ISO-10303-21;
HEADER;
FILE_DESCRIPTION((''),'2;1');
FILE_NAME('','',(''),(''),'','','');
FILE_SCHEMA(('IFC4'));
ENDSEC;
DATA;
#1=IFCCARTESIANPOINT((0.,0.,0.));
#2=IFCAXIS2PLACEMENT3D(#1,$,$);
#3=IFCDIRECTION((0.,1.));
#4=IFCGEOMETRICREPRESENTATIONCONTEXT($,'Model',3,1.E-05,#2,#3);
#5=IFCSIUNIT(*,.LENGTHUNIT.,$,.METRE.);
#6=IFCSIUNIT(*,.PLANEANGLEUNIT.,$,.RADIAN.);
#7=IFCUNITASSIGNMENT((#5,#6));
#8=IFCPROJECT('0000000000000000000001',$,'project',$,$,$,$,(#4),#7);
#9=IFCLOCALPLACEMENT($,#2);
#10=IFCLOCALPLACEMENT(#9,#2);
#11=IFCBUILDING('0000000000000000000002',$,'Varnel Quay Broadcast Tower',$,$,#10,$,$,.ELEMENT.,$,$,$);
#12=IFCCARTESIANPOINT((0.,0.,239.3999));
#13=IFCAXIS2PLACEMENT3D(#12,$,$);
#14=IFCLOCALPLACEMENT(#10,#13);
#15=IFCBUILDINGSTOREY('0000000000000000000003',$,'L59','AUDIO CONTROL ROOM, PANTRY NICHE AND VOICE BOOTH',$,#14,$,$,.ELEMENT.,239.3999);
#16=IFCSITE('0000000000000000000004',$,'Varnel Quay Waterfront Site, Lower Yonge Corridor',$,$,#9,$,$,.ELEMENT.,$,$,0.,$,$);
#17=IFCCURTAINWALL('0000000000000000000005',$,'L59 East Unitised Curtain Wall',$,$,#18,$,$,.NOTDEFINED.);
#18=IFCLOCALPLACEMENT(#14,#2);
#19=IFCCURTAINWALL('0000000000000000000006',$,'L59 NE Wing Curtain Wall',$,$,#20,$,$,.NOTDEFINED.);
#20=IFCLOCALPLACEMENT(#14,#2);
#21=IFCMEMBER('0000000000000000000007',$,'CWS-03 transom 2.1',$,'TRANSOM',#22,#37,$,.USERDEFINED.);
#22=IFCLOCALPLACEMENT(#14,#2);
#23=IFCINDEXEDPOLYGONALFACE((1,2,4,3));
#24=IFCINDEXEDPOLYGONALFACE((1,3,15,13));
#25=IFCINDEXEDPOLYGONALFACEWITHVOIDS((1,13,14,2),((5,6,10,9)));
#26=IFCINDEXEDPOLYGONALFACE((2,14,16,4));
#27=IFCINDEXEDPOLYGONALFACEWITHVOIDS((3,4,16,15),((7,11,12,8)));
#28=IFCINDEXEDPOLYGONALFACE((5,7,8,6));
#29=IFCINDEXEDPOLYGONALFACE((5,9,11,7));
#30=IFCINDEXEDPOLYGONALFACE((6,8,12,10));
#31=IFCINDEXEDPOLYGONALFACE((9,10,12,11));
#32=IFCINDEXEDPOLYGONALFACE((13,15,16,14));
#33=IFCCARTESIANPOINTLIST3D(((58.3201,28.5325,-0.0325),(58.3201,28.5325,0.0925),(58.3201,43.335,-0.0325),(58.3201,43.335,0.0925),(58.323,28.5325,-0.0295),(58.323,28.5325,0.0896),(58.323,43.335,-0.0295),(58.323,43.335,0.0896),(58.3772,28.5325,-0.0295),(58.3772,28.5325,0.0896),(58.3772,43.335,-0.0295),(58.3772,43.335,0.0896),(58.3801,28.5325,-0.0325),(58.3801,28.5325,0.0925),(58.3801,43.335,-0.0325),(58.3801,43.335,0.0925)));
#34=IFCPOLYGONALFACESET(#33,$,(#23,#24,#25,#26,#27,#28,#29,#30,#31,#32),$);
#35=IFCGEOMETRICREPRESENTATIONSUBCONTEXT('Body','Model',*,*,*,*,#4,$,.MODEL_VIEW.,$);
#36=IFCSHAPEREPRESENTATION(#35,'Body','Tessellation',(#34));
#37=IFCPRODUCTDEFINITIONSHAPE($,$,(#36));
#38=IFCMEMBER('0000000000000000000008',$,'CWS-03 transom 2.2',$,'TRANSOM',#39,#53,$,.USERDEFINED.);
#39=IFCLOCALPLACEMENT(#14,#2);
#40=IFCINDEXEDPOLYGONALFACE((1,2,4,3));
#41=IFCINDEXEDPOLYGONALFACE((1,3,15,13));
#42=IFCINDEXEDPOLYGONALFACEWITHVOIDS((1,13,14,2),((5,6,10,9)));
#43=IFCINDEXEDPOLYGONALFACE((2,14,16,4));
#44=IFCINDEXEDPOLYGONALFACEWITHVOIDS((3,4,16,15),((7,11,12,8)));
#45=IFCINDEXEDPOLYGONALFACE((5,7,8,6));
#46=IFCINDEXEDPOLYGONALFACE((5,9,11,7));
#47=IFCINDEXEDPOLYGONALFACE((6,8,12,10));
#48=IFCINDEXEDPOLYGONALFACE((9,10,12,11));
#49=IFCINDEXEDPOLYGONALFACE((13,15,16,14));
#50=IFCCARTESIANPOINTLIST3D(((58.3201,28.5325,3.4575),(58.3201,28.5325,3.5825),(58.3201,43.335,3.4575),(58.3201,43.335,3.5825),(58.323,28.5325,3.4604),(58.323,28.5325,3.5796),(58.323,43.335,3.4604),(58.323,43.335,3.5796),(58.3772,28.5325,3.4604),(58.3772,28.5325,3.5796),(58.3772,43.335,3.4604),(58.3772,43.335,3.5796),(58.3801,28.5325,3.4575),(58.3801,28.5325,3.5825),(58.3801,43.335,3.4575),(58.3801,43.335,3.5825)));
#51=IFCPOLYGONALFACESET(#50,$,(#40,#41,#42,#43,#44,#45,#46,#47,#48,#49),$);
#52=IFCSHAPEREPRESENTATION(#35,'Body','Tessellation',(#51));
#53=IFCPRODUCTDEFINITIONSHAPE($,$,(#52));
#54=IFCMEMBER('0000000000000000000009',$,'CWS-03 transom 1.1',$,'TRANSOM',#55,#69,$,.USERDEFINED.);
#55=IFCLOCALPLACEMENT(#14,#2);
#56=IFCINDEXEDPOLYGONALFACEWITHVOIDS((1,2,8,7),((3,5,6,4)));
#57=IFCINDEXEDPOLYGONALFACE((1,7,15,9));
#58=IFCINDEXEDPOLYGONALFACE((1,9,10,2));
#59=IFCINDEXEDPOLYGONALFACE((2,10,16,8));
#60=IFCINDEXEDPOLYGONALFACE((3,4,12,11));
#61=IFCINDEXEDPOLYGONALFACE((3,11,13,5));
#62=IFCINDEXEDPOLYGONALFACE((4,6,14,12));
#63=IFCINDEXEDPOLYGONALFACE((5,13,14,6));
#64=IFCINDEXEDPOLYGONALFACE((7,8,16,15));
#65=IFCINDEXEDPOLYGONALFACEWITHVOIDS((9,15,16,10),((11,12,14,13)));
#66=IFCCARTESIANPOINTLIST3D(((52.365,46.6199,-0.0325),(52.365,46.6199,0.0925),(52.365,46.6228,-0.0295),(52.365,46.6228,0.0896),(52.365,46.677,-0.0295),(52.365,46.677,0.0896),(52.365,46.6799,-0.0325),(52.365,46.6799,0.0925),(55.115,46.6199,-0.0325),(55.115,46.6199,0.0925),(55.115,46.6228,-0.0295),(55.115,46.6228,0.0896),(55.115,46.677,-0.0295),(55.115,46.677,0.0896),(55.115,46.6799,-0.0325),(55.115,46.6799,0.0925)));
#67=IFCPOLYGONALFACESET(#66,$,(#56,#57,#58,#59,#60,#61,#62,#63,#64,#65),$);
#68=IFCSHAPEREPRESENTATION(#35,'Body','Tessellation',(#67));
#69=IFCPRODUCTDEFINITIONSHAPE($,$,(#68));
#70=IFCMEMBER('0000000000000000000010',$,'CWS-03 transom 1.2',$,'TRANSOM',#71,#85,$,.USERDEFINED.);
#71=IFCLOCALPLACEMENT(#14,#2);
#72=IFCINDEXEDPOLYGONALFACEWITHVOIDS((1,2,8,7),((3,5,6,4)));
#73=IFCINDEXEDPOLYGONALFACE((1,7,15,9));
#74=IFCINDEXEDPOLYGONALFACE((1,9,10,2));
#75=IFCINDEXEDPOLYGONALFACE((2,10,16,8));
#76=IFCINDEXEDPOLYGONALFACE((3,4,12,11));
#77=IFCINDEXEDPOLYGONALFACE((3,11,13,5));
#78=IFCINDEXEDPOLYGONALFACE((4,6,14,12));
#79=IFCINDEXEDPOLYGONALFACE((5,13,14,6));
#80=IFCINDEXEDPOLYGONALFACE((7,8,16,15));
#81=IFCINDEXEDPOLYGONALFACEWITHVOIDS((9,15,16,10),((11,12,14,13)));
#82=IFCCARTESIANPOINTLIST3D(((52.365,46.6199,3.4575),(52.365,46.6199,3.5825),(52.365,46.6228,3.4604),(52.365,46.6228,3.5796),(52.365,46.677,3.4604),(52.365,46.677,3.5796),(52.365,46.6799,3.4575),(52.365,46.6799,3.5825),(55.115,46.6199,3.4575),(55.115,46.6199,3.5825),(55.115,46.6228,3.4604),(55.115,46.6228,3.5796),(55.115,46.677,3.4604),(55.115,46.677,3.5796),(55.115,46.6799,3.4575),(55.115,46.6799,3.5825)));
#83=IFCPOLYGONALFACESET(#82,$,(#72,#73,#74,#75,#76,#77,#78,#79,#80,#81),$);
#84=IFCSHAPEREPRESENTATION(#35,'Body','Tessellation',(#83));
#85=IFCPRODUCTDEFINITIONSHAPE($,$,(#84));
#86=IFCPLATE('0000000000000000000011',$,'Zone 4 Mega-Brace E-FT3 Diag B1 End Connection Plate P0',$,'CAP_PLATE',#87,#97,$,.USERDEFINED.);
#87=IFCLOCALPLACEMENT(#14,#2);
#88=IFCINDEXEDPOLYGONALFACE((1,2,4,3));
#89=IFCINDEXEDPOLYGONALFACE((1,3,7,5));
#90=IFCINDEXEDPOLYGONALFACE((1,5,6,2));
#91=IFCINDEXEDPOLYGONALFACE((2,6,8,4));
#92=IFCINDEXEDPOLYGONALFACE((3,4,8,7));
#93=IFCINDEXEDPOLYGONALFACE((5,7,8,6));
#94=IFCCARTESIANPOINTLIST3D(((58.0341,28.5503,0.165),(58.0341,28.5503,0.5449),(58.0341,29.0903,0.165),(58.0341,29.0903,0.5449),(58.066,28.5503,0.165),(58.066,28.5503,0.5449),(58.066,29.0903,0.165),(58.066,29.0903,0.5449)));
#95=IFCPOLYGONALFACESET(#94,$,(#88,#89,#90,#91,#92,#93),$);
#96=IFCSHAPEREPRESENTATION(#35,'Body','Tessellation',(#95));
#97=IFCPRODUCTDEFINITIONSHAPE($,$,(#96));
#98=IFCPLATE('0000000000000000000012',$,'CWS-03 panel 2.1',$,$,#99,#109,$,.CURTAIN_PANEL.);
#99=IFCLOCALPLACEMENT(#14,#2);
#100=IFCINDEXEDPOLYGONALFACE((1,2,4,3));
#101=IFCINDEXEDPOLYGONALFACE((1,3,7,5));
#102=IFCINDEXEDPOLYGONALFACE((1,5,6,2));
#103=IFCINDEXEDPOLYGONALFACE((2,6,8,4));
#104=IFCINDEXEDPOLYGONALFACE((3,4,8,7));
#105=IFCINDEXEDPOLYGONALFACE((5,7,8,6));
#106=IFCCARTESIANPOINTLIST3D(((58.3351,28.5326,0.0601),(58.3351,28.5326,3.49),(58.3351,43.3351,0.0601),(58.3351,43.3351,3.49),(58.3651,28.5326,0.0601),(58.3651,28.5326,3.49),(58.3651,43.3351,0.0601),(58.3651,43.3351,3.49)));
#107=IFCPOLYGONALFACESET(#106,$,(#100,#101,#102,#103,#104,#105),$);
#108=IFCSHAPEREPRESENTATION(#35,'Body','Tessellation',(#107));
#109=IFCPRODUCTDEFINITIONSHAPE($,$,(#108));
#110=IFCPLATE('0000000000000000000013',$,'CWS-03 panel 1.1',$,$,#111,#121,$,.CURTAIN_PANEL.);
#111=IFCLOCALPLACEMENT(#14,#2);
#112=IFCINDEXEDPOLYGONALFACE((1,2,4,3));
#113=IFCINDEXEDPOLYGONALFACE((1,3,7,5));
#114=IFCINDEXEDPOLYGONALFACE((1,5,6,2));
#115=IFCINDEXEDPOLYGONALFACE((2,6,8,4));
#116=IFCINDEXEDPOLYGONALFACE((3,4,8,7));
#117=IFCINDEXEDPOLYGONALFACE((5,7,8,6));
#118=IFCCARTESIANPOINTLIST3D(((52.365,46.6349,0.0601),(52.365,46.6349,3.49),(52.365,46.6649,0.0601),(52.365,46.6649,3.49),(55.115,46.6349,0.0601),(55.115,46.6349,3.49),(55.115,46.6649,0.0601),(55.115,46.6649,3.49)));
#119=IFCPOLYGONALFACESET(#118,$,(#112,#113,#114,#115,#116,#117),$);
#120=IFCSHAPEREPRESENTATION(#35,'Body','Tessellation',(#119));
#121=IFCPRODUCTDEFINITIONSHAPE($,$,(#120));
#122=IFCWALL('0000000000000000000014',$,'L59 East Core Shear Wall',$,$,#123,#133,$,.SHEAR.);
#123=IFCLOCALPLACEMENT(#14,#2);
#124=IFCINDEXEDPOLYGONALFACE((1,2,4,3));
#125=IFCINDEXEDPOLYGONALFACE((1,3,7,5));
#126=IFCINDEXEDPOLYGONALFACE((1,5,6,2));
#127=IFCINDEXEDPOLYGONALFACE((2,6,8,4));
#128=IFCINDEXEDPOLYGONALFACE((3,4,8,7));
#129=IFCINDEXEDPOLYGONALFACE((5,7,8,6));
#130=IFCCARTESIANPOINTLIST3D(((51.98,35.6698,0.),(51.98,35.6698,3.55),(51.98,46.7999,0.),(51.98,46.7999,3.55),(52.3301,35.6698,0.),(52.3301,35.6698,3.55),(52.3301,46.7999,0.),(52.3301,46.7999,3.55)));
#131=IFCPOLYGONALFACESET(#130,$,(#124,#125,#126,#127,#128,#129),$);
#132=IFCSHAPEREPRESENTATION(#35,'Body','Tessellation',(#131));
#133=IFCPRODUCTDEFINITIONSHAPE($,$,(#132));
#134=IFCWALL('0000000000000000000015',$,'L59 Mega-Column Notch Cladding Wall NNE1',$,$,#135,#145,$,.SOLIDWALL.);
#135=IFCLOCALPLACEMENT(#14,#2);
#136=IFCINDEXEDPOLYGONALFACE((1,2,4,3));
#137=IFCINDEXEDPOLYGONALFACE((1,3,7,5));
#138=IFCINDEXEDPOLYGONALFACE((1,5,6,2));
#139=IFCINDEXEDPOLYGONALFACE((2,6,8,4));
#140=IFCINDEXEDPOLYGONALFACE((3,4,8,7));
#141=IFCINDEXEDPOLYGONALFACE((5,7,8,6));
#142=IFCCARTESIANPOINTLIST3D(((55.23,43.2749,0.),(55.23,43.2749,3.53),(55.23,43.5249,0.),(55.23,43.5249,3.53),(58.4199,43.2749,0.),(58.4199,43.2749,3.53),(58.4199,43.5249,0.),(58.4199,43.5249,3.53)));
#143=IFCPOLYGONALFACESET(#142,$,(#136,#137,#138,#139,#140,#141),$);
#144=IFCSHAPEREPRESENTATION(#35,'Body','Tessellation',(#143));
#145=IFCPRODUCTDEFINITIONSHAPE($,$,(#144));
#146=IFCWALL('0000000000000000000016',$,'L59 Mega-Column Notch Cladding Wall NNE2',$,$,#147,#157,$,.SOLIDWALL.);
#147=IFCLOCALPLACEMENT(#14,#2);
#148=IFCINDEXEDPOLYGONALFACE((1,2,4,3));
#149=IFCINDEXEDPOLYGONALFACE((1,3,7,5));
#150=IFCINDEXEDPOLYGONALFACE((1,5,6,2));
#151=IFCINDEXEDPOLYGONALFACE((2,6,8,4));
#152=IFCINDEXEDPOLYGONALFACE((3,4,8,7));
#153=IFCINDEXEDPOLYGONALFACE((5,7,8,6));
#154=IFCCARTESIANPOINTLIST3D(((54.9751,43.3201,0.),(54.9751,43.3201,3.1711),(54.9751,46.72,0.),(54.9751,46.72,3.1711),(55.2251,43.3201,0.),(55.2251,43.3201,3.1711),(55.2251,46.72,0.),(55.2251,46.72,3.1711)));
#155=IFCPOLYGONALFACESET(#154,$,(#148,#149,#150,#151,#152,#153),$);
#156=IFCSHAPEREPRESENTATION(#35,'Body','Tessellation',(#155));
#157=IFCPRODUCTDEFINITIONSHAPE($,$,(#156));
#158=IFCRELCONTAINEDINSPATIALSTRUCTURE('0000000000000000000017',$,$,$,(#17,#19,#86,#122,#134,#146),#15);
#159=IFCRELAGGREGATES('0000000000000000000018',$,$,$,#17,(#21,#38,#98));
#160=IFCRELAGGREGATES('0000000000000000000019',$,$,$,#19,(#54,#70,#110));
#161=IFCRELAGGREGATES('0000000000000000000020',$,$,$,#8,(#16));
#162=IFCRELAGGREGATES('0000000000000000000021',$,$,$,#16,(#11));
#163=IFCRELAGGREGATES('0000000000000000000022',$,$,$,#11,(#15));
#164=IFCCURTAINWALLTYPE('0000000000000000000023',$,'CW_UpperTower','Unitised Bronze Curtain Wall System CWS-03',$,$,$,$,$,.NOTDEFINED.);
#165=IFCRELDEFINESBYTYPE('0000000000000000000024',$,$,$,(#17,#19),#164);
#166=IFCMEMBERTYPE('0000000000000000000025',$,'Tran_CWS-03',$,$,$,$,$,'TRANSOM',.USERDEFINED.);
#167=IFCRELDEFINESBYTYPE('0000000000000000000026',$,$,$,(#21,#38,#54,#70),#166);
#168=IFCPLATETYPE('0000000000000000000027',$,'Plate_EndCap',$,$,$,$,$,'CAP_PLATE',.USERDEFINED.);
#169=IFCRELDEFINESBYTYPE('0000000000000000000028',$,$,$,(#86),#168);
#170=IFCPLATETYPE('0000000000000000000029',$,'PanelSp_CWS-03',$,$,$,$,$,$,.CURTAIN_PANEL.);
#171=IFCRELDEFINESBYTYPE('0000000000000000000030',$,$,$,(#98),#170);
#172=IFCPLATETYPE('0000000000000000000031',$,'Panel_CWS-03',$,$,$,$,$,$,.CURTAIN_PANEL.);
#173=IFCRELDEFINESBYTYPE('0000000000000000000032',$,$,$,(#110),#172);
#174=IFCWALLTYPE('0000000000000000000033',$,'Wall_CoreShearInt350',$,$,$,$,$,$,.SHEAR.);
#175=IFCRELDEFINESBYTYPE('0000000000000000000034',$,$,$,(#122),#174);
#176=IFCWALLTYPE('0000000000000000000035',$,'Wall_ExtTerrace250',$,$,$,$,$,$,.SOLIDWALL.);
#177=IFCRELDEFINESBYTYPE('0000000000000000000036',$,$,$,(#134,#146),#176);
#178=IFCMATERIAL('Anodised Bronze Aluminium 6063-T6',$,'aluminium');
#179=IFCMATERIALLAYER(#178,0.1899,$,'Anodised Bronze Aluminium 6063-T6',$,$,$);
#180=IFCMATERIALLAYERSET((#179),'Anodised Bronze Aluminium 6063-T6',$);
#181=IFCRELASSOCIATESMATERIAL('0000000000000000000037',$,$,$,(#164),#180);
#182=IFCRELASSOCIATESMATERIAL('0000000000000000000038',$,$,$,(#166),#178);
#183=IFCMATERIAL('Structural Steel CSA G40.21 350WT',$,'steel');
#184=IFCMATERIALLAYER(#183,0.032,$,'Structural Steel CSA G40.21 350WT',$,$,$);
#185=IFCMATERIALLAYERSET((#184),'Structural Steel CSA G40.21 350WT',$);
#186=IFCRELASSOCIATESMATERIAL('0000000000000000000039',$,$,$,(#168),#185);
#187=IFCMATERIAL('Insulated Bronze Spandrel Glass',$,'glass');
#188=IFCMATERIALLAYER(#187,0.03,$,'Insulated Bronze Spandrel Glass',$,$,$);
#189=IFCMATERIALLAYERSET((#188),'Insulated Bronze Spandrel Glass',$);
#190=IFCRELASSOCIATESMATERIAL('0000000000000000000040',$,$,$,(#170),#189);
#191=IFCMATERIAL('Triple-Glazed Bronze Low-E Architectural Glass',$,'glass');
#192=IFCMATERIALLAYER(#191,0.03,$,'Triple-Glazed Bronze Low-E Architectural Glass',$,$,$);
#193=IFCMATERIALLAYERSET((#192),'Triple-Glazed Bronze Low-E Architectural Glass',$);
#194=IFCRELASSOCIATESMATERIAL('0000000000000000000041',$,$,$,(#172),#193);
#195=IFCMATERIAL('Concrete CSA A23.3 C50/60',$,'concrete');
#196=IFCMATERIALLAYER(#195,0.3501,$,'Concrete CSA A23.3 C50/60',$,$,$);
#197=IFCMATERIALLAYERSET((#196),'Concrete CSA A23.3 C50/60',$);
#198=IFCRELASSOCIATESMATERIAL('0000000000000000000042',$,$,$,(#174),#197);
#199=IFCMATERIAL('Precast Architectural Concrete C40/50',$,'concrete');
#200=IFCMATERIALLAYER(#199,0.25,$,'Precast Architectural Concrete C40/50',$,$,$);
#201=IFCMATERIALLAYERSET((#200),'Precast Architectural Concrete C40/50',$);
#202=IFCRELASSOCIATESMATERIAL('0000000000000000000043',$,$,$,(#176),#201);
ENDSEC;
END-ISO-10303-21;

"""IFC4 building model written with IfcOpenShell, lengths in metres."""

from ifc_helpers import new_model, si_unit, direction, frame, frame_2d, origin, origin_2d, place, context, subcontext, project, spatial, rectangle, hollow_rectangle, extrude, source, transform, mapped, material, layer, layer_set, material_profile, profile_set, type_object, type_shapes, element, aggregate, save


model = new_model("IFC4")

# Units and contexts
model_context = context("Model", 3, precision=1e-05, world=origin(), true_north=direction((0.0, 1.0)))
body_context = subcontext(model_context, "Body", "Model", "MODEL_VIEW")
ifc_project = project(units=[si_unit("LENGTHUNIT", "METRE"), si_unit("PLANEANGLEUNIT", "RADIAN")], contexts=[model_context])

# Site, building, storey
site_placement = place(None, origin())
site = spatial("IfcSite", under=ifc_project, at=site_placement, Name="Varnel Quay Waterfront Site, Lower Yonge Corridor", CompositionType="ELEMENT", RefElevation=0.0)
building_placement = place(site_placement, origin())
building = spatial("IfcBuilding", under=site, at=building_placement, Name="Varnel Quay Broadcast Tower", CompositionType="ELEMENT")
storey_placement = place(building_placement, frame((0.0, 0.0, 239.3999)))
storey = spatial("IfcBuildingStorey", under=building, at=storey_placement, Name="L59", Description="AUDIO CONTROL ROOM, PANTRY NICHE AND VOICE BOOTH", CompositionType="ELEMENT", Elevation=239.3999)

# Shared definitions
ifc_material_1 = material(Name="Structural Steel CSA G40.21 350WT", Category="steel")

# Curtain wall
ifc_material_2 = material(Name="Anodised Bronze Aluminium 6063-T6", Category="aluminium")
ifc_layer_1 = layer(ifc_material_2, 0.1899, Name="Anodised Bronze Aluminium 6063-T6")
ifc_layer_set_1 = layer_set([ifc_layer_1], Name="Anodised Bronze Aluminium 6063-T6")
curtain_wall_type = type_object("IfcCurtainWallType", Name="CW_UpperTower", Description="Unitised Bronze Curtain Wall System CWS-03", PredefinedType="NOTDEFINED", material=ifc_layer_set_1)
curtain_wall_1_placement = place(storey_placement, origin())
curtain_wall_1 = element("IfcCurtainWall", 1, at=curtain_wall_1_placement, inside=storey, type_object=curtain_wall_type, Name="L59 East Unitised Curtain Wall", PredefinedType="NOTDEFINED")

# Curtain wall
curtain_wall_2_placement = place(storey_placement, origin())
curtain_wall_2 = element("IfcCurtainWall", 2, at=curtain_wall_2_placement, inside=storey, type_object=curtain_wall_type, Name="L59 NE Wing Curtain Wall", PredefinedType="NOTDEFINED")

# Members
ifc_material_profile_1 = material_profile(ifc_material_2, hollow_rectangle(XDim=0.0601, YDim=0.125, WallThickness=0.0029, at=origin_2d()), Name="ALU60X125X3")
ifc_profile_set_1 = profile_set([ifc_material_profile_1], Name="Anodised Bronze Aluminium 6063-T6")
member_type_1 = type_object("IfcMemberType", Name="Tran_CWS-03", ElementType="TRANSOM", PredefinedType="USERDEFINED", material=ifc_profile_set_1)
shared_shape_1 = source(origin(), body_context, "Body", "SweptSolid", [
    extrude(hollow_rectangle(XDim=0.0601, YDim=0.125, WallThickness=0.0029, at=origin_2d()), origin(), (0.0, 0.0, 1.0), 14.8025),
])
member_1_placement = place(storey_placement, frame((58.3501, 28.5325, 0.03), z_axis=(0.0, 1.0, 0.0), x_axis=(-1.0, 0.0, 0.0)))
member_1 = element("IfcMember", 3, at=member_1_placement, type_object=member_type_1, Name="CWS-03 transom 2.1", ObjectType="TRANSOM", PredefinedType="USERDEFINED", context=body_context, shape_type="MappedRepresentation", body=[
    mapped(shared_shape_1, transform((0.0, 0.0, 0.0), x_axis=(1.0, 0.0, 0.0), y_axis=(0.0, 1.0, 0.0), z_axis=(0.0, 0.0, 1.0), scale=1.0)),
])
member_2_placement = place(storey_placement, frame((58.3501, 28.5325, 3.52), z_axis=(0.0, 1.0, 0.0), x_axis=(-1.0, 0.0, 0.0)))
member_2 = element("IfcMember", 4, at=member_2_placement, type_object=member_type_1, Name="CWS-03 transom 2.2", ObjectType="TRANSOM", PredefinedType="USERDEFINED", context=body_context, shape_type="MappedRepresentation", body=[
    mapped(shared_shape_1, transform((0.0, 0.0, 0.0), x_axis=(1.0, 0.0, 0.0), y_axis=(0.0, 1.0, 0.0), z_axis=(0.0, 0.0, 1.0), scale=1.0)),
])
shared_shape_2 = source(origin(), body_context, "Body", "SweptSolid", [
    extrude(hollow_rectangle(XDim=0.0601, YDim=0.125, WallThickness=0.0029, at=origin_2d()), origin(), (0.0, 0.0, 1.0), 2.75),
])
type_shapes(member_type_1, [shared_shape_1, shared_shape_2])
member_3_placement = place(storey_placement, frame((52.365, 46.6499, 0.03), z_axis=(1.0, 0.0, 0.0), x_axis=(0.0, 1.0, 0.0)))
member_3 = element("IfcMember", 5, at=member_3_placement, type_object=member_type_1, Name="CWS-03 transom 1.1", ObjectType="TRANSOM", PredefinedType="USERDEFINED", context=body_context, shape_type="MappedRepresentation", body=[
    mapped(shared_shape_2, transform((0.0, 0.0, 0.0), x_axis=(1.0, 0.0, 0.0), y_axis=(0.0, 1.0, 0.0), z_axis=(0.0, 0.0, 1.0), scale=1.0)),
])
member_4_placement = place(storey_placement, frame((52.365, 46.6499, 3.52), z_axis=(1.0, 0.0, 0.0), x_axis=(0.0, 1.0, 0.0)))
member_4 = element("IfcMember", 6, at=member_4_placement, type_object=member_type_1, Name="CWS-03 transom 1.2", ObjectType="TRANSOM", PredefinedType="USERDEFINED", context=body_context, shape_type="MappedRepresentation", body=[
    mapped(shared_shape_2, transform((0.0, 0.0, 0.0), x_axis=(1.0, 0.0, 0.0), y_axis=(0.0, 1.0, 0.0), z_axis=(0.0, 0.0, 1.0), scale=1.0)),
])

# Plates
ifc_layer_2 = layer(ifc_material_1, 0.032, Name="Structural Steel CSA G40.21 350WT")
ifc_layer_set_2 = layer_set([ifc_layer_2], Name="Structural Steel CSA G40.21 350WT")
plate_type_1 = type_object("IfcPlateType", Name="Plate_EndCap", ElementType="CAP_PLATE", PredefinedType="USERDEFINED", material=ifc_layer_set_2)
shared_shape_3 = source(origin(), body_context, "Body", "SweptSolid", [
    extrude(rectangle(XDim=0.54, YDim=0.032, at=origin_2d()), origin(), (0.0, 0.0, 1.0), 0.3799),
])
type_shapes(plate_type_1, [shared_shape_3])
plate_1_placement = place(storey_placement, frame((58.05, 28.8203, 0.165), z_axis=(0.0, 0.0, 1.0), x_axis=(0.0, 1.0, 0.0)))
element("IfcPlate", 7, at=plate_1_placement, inside=storey, type_object=plate_type_1, Name="Zone 4 Mega-Brace E-FT3 Diag B1 End Connection Plate P0", ObjectType="CAP_PLATE", PredefinedType="USERDEFINED", context=body_context, shape_type="MappedRepresentation", body=[
    mapped(shared_shape_3, transform((0.0, 0.0, 0.0), x_axis=(1.0, 0.0, 0.0), y_axis=(0.0, 1.0, 0.0), z_axis=(0.0, 0.0, 1.0), scale=1.0)),
])
ifc_material_3 = material(Name="Insulated Bronze Spandrel Glass", Category="glass")
ifc_layer_3 = layer(ifc_material_3, 0.03, Name="Insulated Bronze Spandrel Glass")
ifc_layer_set_3 = layer_set([ifc_layer_3], Name="Insulated Bronze Spandrel Glass")
plate_type_2 = type_object("IfcPlateType", Name="PanelSp_CWS-03", PredefinedType="CURTAIN_PANEL", material=ifc_layer_set_3)
shared_shape_4 = source(origin(), body_context, "Body", "SweptSolid", [
    extrude(rectangle(XDim=14.8025, YDim=0.03, at=origin_2d()), origin(), (0.0, 0.0, 1.0), 3.4299),
])
type_shapes(plate_type_2, [shared_shape_4])
plate_2_placement = place(storey_placement, frame((58.3501, 35.9338, 0.0601), z_axis=(0.0, 0.0, 1.0), x_axis=(0.0, 1.0, 0.0)))
plate_2 = element("IfcPlate", 8, at=plate_2_placement, type_object=plate_type_2, Name="CWS-03 panel 2.1", PredefinedType="CURTAIN_PANEL", context=body_context, shape_type="MappedRepresentation", body=[
    mapped(shared_shape_4, transform((0.0, 0.0, 0.0), x_axis=(1.0, 0.0, 0.0), y_axis=(0.0, 1.0, 0.0), z_axis=(0.0, 0.0, 1.0), scale=1.0)),
])
aggregate(curtain_wall_1, [member_1, member_2, plate_2])
ifc_material_4 = material(Name="Triple-Glazed Bronze Low-E Architectural Glass", Category="glass")
ifc_layer_4 = layer(ifc_material_4, 0.03, Name="Triple-Glazed Bronze Low-E Architectural Glass")
ifc_layer_set_4 = layer_set([ifc_layer_4], Name="Triple-Glazed Bronze Low-E Architectural Glass")
plate_type_3 = type_object("IfcPlateType", Name="Panel_CWS-03", PredefinedType="CURTAIN_PANEL", material=ifc_layer_set_4)
shared_shape_5 = source(origin(), body_context, "Body", "SweptSolid", [
    extrude(rectangle(XDim=2.75, YDim=0.03, at=origin_2d()), origin(), (0.0, 0.0, 1.0), 3.4299),
])
type_shapes(plate_type_3, [shared_shape_5])
plate_3_placement = place(storey_placement, frame((53.74, 46.6499, 0.0601), z_axis=(0.0, 0.0, 1.0), x_axis=(1.0, 0.0, 0.0)))
plate_3 = element("IfcPlate", 9, at=plate_3_placement, type_object=plate_type_3, Name="CWS-03 panel 1.1", PredefinedType="CURTAIN_PANEL", context=body_context, shape_type="MappedRepresentation", body=[
    mapped(shared_shape_5, transform((0.0, 0.0, 0.0), x_axis=(1.0, 0.0, 0.0), y_axis=(0.0, 1.0, 0.0), z_axis=(0.0, 0.0, 1.0), scale=1.0)),
])
aggregate(curtain_wall_2, [member_3, member_4, plate_3])

# Walls
ifc_material_5 = material(Name="Concrete CSA A23.3 C50/60", Category="concrete")
ifc_layer_5 = layer(ifc_material_5, 0.3501, Name="Concrete CSA A23.3 C50/60")
ifc_layer_set_5 = layer_set([ifc_layer_5], Name="Concrete CSA A23.3 C50/60")
wall_type_1 = type_object("IfcWallType", Name="Wall_CoreShearInt350", PredefinedType="SHEAR", material=ifc_layer_set_5)
wall_1_placement = place(storey_placement, frame((52.155, 35.6699, 0.0), z_axis=(0.0, 0.0, 1.0), x_axis=(0.0, 1.0, 0.0)))
element("IfcWall", 10, at=wall_1_placement, inside=storey, type_object=wall_type_1, Name="L59 East Core Shear Wall", PredefinedType="SHEAR", context=body_context, shape_type="SweptSolid", body=[
    extrude(rectangle(XDim=11.1301, YDim=0.3501, at=frame_2d((5.5649, 0.0))), origin(), (0.0, 0.0, 1.0), 3.55),
])
ifc_material_6 = material(Name="Precast Architectural Concrete C40/50", Category="concrete")
ifc_layer_6 = layer(ifc_material_6, 0.25, Name="Precast Architectural Concrete C40/50")
ifc_layer_set_6 = layer_set([ifc_layer_6], Name="Precast Architectural Concrete C40/50")
wall_type_2 = type_object("IfcWallType", Name="Wall_ExtTerrace250", PredefinedType="SOLIDWALL", material=ifc_layer_set_6)
wall_2_placement = place(storey_placement, frame((55.23, 43.3999, 0.0), z_axis=(0.0, 0.0, 1.0), x_axis=(1.0, 0.0, 0.0)))
element("IfcWall", 11, at=wall_2_placement, inside=storey, type_object=wall_type_2, Name="L59 Mega-Column Notch Cladding Wall NNE1", PredefinedType="SOLIDWALL", context=body_context, shape_type="SweptSolid", body=[
    extrude(rectangle(XDim=3.1899, YDim=0.25, at=frame_2d((1.595, 0.0))), origin(), (0.0, 0.0, 1.0), 3.53),
])
wall_3_placement = place(storey_placement, frame((55.1001, 43.3201, 0.0), z_axis=(0.0, 0.0, 1.0), x_axis=(0.0, 1.0, 0.0)))
element("IfcWall", 12, at=wall_3_placement, inside=storey, type_object=wall_type_2, Name="L59 Mega-Column Notch Cladding Wall NNE2", PredefinedType="SOLIDWALL", context=body_context, shape_type="SweptSolid", body=[
    extrude(rectangle(XDim=3.3999, YDim=0.25, at=frame_2d((1.7, 0.0))), origin(), (0.0, 0.0, 1.0), 3.1711),
])

save(model, "model.ifc")
